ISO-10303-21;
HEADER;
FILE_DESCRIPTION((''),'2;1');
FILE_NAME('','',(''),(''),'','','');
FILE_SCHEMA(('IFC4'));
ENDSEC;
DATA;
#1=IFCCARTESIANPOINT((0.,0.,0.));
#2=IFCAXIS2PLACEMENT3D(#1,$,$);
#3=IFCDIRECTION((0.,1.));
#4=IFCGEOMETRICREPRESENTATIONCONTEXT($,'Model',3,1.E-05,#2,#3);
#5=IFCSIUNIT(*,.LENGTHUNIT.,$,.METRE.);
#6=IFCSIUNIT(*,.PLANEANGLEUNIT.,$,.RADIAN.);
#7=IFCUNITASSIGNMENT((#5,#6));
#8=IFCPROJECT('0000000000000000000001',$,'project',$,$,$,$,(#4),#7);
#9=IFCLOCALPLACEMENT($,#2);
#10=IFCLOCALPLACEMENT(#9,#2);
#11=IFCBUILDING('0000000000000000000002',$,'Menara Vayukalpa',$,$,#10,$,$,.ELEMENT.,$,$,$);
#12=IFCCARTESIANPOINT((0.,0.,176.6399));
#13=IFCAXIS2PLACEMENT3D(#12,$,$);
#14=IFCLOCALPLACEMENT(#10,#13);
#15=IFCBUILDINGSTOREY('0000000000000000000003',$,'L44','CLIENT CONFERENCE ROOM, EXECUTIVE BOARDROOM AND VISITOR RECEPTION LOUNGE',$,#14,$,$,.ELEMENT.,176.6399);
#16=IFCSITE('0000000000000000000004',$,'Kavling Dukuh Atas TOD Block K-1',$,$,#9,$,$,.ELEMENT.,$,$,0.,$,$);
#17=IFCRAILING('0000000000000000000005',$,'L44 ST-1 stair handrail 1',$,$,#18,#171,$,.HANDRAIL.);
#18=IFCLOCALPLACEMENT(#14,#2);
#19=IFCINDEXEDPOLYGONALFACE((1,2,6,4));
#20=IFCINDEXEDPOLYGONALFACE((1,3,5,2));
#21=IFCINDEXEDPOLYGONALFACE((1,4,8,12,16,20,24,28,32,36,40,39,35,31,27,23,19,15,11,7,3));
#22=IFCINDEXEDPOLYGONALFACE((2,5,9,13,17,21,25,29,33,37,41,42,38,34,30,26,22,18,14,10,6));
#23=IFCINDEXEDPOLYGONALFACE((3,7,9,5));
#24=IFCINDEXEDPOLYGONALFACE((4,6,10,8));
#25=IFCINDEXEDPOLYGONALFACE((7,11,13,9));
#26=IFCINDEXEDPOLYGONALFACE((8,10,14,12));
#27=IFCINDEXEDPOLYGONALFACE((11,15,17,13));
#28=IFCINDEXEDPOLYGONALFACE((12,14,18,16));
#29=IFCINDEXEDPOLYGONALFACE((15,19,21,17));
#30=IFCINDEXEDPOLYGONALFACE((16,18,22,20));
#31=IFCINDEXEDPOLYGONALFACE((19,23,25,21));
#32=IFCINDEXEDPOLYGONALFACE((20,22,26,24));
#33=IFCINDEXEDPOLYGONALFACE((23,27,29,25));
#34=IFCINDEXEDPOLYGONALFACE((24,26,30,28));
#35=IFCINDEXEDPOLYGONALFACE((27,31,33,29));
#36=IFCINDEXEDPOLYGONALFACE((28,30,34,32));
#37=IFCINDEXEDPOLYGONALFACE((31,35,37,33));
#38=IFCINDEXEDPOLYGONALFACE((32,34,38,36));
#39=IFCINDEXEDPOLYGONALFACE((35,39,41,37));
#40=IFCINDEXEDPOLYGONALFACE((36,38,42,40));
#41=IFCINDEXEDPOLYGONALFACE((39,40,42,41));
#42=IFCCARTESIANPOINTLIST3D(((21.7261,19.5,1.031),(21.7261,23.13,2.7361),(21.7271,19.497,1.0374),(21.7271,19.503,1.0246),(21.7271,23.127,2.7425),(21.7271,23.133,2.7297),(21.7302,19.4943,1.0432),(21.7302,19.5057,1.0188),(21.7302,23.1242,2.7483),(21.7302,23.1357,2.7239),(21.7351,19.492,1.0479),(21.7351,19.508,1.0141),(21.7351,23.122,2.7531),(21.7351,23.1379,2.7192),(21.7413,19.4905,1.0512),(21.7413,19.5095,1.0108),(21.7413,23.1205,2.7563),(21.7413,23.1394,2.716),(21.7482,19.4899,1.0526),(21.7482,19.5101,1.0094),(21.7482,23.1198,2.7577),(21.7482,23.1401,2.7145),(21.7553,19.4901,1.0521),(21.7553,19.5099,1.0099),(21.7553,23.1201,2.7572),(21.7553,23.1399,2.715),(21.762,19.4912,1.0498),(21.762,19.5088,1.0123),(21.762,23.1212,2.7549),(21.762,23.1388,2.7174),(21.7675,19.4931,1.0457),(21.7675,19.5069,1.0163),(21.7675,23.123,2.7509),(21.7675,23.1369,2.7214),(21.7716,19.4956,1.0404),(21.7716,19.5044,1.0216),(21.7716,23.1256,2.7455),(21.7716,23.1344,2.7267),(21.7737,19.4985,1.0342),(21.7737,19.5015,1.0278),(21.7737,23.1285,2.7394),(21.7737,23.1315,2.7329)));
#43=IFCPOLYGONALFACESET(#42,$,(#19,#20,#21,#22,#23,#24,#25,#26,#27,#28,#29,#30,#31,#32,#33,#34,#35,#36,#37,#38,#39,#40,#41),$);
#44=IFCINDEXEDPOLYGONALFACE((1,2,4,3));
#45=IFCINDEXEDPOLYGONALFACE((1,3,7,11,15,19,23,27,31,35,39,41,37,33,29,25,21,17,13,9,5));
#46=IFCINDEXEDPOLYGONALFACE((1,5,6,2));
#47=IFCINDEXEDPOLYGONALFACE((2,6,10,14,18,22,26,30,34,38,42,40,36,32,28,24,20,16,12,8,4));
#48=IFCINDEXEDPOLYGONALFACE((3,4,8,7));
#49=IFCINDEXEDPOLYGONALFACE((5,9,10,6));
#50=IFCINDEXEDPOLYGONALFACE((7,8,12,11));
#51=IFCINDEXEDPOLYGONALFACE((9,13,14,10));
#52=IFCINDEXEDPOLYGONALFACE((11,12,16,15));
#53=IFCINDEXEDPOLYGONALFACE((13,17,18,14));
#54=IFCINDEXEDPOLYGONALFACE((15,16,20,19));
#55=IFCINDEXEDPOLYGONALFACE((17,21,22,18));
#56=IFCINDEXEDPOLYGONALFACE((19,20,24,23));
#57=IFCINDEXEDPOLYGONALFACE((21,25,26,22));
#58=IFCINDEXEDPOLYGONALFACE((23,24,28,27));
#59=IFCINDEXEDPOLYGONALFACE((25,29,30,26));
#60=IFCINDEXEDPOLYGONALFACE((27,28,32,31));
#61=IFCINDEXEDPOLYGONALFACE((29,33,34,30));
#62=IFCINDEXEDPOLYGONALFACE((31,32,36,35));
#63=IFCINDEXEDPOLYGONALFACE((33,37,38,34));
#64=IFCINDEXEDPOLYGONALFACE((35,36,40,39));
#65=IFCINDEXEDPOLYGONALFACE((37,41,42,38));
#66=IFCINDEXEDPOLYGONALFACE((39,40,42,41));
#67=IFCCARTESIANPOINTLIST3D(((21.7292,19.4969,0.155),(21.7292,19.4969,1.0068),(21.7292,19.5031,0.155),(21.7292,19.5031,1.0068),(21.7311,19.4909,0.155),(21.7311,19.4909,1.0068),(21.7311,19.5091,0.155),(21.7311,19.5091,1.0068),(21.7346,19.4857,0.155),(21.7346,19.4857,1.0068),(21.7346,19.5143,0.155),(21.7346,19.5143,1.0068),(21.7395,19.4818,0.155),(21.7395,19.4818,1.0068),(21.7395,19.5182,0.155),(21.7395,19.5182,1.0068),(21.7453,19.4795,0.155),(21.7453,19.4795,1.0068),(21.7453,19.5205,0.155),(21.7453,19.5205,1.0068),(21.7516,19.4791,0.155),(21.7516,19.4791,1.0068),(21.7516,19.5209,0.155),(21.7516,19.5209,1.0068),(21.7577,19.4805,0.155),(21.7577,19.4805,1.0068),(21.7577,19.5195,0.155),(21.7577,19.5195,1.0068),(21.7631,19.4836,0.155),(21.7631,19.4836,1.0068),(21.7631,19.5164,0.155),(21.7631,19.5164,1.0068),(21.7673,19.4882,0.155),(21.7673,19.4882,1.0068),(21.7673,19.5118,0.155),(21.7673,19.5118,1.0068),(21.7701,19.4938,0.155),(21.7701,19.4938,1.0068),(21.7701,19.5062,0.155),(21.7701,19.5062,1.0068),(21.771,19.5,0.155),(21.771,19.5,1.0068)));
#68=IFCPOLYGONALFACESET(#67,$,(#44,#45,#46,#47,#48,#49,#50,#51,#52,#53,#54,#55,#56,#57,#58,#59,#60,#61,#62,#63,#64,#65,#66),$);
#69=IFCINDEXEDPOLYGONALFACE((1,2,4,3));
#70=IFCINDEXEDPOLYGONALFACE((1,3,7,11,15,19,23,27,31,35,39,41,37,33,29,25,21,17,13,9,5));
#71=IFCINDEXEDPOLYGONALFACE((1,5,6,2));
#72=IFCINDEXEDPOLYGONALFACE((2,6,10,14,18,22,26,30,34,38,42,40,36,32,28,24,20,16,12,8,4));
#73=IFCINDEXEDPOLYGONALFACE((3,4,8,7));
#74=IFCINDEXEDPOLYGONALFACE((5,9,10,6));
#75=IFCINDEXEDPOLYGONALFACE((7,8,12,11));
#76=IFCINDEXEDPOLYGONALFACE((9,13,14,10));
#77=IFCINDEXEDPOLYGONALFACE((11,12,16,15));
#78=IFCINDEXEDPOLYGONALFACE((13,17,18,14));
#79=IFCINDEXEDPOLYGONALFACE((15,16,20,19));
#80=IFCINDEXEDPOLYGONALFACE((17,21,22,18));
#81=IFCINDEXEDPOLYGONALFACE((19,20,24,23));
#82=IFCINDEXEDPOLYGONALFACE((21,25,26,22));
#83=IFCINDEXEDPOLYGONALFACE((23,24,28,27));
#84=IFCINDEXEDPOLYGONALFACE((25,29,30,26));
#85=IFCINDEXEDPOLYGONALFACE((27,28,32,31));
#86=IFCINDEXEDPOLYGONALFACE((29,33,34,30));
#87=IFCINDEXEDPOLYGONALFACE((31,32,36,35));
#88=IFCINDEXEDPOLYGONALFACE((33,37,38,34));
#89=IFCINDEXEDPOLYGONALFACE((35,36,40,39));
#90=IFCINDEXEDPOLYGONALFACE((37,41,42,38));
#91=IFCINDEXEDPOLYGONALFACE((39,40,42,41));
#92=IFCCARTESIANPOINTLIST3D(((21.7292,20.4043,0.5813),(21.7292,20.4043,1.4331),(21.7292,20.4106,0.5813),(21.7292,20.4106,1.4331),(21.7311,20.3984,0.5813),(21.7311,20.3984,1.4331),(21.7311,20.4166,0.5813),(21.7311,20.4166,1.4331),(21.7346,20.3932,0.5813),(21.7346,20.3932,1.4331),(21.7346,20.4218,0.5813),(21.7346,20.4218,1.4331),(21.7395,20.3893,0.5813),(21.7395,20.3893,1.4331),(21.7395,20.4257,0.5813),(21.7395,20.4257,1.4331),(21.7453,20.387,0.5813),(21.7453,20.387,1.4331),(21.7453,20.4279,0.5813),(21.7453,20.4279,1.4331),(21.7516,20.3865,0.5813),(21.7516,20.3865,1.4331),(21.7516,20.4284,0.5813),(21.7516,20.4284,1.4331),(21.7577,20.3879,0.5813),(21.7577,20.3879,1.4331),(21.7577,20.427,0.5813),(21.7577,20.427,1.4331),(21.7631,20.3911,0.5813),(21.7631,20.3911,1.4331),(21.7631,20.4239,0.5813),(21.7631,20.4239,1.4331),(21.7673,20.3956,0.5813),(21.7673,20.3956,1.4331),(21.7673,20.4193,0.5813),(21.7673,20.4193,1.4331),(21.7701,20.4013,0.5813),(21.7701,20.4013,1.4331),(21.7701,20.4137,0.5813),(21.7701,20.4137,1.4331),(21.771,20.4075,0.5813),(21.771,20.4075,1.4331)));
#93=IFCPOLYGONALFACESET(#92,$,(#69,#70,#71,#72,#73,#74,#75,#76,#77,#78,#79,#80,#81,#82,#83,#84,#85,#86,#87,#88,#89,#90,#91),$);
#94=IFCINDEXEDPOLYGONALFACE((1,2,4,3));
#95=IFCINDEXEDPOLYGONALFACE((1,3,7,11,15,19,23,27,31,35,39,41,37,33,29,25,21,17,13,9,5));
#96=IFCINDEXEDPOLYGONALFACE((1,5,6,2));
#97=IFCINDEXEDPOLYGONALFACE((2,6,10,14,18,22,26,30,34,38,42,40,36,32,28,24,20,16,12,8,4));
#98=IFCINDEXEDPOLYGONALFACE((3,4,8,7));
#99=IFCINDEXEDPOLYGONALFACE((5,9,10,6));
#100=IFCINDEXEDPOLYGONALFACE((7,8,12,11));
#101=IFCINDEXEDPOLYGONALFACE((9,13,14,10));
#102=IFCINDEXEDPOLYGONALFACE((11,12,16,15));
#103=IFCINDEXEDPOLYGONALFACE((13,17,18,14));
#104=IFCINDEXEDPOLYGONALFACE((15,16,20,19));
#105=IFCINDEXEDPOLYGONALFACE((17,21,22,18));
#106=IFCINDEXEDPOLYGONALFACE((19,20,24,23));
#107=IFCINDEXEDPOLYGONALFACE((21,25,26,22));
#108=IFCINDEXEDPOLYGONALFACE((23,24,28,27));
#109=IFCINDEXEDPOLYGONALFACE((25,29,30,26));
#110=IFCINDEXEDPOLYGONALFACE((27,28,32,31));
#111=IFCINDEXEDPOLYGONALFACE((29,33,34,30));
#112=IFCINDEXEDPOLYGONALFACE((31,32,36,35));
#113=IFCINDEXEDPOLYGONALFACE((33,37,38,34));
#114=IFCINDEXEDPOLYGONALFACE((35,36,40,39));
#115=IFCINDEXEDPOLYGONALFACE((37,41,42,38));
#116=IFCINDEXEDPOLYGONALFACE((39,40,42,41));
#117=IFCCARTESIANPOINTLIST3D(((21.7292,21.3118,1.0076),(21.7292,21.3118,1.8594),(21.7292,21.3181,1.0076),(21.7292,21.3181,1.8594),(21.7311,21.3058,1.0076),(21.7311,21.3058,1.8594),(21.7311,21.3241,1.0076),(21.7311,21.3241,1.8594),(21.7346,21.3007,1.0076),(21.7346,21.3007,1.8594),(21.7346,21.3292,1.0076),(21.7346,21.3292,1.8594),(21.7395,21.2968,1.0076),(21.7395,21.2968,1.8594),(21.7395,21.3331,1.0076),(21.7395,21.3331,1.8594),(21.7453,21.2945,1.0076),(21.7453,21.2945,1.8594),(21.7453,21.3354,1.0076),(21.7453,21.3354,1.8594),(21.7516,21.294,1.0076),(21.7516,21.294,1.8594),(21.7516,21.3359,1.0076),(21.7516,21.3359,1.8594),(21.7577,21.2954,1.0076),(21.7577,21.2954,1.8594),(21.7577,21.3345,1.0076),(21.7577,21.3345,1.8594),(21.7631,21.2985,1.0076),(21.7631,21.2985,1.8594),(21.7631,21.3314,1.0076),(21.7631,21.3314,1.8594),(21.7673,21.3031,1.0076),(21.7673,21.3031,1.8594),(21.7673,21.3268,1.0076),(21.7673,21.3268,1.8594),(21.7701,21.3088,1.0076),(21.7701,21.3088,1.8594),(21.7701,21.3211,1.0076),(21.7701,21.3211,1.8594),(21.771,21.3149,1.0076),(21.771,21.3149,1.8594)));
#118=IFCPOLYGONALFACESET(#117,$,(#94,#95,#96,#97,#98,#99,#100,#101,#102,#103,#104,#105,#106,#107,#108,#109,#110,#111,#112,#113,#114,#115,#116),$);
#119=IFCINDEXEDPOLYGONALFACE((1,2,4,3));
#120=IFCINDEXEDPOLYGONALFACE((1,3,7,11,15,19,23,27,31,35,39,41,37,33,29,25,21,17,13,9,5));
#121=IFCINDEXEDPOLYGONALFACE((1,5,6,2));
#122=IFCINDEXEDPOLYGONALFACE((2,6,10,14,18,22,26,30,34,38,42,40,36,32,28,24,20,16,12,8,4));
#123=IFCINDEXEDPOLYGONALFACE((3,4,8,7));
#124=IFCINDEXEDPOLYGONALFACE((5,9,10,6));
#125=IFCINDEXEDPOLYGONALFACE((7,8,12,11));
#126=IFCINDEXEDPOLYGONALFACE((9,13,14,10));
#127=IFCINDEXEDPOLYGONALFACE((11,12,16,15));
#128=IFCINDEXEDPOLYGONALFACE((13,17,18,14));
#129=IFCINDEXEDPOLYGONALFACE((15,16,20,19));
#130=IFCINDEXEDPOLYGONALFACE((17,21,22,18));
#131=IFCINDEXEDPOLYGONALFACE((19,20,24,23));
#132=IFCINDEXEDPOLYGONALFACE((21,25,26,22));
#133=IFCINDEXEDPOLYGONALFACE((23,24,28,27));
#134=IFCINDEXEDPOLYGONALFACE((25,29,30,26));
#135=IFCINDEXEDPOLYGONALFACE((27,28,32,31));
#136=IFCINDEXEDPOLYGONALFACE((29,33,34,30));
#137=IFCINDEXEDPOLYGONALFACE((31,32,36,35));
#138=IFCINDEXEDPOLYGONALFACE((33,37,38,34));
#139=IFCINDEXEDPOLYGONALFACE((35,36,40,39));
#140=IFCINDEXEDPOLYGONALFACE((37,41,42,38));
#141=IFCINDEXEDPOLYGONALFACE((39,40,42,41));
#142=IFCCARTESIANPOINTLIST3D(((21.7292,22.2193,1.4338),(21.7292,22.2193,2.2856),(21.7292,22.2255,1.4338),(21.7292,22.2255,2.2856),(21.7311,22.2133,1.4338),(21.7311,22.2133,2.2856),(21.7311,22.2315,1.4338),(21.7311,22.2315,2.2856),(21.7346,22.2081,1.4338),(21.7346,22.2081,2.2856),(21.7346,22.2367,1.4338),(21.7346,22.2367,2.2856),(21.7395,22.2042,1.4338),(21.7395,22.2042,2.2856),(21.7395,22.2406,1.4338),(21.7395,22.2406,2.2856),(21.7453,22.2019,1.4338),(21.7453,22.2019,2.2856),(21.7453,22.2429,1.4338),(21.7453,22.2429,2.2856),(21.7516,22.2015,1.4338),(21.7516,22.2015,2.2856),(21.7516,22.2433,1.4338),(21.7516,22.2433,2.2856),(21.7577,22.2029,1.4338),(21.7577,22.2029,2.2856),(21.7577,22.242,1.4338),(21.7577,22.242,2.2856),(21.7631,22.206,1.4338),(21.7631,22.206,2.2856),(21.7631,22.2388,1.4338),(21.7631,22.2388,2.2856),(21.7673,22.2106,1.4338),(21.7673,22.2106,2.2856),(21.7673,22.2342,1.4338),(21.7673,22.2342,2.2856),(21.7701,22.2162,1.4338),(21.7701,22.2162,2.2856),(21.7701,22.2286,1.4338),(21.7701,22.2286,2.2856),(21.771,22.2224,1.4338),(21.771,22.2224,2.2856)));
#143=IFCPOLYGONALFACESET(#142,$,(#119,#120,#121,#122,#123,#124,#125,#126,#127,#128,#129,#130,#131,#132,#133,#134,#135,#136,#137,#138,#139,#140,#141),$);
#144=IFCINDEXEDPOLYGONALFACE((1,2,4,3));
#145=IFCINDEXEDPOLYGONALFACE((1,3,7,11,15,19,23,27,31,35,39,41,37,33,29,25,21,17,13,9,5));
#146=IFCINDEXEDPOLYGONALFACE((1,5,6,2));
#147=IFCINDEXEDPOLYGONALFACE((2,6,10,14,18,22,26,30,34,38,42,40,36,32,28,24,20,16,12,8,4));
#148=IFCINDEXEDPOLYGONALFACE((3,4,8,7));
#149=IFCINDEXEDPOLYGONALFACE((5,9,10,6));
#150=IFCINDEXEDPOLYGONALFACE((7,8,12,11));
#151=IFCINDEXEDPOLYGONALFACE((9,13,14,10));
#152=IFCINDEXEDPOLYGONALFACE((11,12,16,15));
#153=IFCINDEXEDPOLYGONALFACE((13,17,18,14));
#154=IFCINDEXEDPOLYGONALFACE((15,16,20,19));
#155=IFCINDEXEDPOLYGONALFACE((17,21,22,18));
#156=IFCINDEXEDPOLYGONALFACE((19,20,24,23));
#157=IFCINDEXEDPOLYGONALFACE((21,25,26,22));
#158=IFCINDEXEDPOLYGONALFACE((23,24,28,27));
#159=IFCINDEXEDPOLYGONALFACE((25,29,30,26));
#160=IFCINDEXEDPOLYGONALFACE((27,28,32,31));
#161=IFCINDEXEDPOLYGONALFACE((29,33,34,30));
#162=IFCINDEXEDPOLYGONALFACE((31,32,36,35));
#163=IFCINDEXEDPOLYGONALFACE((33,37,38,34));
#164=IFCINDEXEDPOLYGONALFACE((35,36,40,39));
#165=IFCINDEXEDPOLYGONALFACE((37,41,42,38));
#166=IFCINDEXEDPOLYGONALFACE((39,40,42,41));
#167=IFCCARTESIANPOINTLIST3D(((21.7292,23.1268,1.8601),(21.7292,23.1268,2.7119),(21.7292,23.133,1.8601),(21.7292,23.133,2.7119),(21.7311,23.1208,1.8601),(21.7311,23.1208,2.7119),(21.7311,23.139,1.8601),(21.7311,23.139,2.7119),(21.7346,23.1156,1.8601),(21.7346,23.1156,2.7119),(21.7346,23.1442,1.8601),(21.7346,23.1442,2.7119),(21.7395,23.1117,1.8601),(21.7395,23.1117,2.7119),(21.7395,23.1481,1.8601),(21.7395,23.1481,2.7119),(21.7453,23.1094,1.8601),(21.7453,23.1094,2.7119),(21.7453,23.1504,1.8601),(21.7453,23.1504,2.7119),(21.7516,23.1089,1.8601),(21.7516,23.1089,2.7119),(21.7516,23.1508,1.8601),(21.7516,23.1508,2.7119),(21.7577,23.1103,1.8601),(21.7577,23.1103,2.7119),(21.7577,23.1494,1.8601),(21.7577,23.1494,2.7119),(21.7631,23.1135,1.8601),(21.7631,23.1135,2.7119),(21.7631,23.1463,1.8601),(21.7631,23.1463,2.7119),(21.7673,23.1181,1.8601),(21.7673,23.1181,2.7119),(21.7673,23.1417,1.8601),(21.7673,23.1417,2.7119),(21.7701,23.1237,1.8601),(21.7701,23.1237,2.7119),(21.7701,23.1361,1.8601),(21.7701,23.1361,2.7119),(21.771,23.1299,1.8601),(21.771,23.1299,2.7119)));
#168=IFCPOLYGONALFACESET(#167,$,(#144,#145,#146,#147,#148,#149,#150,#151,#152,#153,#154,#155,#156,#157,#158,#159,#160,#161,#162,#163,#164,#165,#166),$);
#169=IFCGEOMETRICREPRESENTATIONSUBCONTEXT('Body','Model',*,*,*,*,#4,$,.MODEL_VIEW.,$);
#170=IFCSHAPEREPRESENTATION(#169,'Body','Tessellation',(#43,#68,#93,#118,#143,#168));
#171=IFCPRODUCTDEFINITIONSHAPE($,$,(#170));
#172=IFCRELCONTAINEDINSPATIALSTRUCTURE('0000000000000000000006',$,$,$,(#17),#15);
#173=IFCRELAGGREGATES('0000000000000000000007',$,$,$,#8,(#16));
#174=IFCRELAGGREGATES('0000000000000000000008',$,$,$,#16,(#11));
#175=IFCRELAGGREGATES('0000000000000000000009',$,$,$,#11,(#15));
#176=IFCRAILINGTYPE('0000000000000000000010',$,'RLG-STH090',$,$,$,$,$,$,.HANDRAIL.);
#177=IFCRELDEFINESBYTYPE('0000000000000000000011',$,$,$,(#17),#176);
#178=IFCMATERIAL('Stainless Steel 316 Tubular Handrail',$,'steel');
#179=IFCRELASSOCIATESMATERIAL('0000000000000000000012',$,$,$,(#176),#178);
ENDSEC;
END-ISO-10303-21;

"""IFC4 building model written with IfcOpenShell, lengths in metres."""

from ifc_helpers import new_model, si_unit, direction, frame, origin, origin_2d, place, context, subcontext, project, spatial, circle, extrude, material, type_object, element, save


model = new_model("IFC4")

# Units and contexts
model_context = context("Model", 3, precision=1e-05, world=origin(), true_north=direction((0.0, 1.0)))
body_context = subcontext(model_context, "Body", "Model", "MODEL_VIEW")
ifc_project = project(units=[si_unit("LENGTHUNIT", "METRE"), si_unit("PLANEANGLEUNIT", "RADIAN")], contexts=[model_context])

# Site, building, storey
site_placement = place(None, origin())
site = spatial("IfcSite", under=ifc_project, at=site_placement, Name="Kavling Dukuh Atas TOD Block K-1", CompositionType="ELEMENT", RefElevation=0.0)
building_placement = place(site_placement, origin())
building = spatial("IfcBuilding", under=site, at=building_placement, Name="Menara Vayukalpa", CompositionType="ELEMENT")
storey_placement = place(building_placement, frame((0.0, 0.0, 176.6399)))
storey = spatial("IfcBuildingStorey", under=building, at=storey_placement, Name="L44", Description="CLIENT CONFERENCE ROOM, EXECUTIVE BOARDROOM AND VISITOR RECEPTION LOUNGE", CompositionType="ELEMENT", Elevation=176.6399)

# Railing
ifc_material_1 = material(Name="Stainless Steel 316 Tubular Handrail", Category="steel")
railing_type_1 = type_object("IfcRailingType", Name="RLG-STH090", PredefinedType="HANDRAIL", material=ifc_material_1)
railing_1_placement = place(storey_placement, frame((21.75, 19.5, 0.155)))
element("IfcRailing", 1, at=railing_1_placement, inside=storey, type_object=railing_type_1, Name="L44 ST-1 stair handrail 1", PredefinedType="HANDRAIL", context=body_context, shape_type="SweptSolid", body=[
    extrude(circle(Radius=0.0239, at=origin_2d()), frame((0.0, 0.0, 0.876), z_axis=(0.0, 0.905116, 0.425164), x_axis=(-1.0, 0.0, 0.0)), (0.0, 0.0, 1.0), 4.0105),
    extrude(circle(Radius=0.021, at=origin_2d()), origin(), (0.0, 0.0, 1.0), 0.8518),
    extrude(circle(Radius=0.021, at=origin_2d()), frame((0.0, 0.9075, 0.4263)), (0.0, 0.0, 1.0), 0.8518),
    extrude(circle(Radius=0.021, at=origin_2d()), frame((0.0, 1.8149, 0.8525)), (0.0, 0.0, 1.0), 0.8518),
    extrude(circle(Radius=0.021, at=origin_2d()), frame((0.0, 2.7224, 1.2788)), (0.0, 0.0, 1.0), 0.8518),
    extrude(circle(Radius=0.021, at=origin_2d()), frame((0.0, 3.6299, 1.7051)), (0.0, 0.0, 1.0), 0.8518),
])

save(model, "model.ifc")
